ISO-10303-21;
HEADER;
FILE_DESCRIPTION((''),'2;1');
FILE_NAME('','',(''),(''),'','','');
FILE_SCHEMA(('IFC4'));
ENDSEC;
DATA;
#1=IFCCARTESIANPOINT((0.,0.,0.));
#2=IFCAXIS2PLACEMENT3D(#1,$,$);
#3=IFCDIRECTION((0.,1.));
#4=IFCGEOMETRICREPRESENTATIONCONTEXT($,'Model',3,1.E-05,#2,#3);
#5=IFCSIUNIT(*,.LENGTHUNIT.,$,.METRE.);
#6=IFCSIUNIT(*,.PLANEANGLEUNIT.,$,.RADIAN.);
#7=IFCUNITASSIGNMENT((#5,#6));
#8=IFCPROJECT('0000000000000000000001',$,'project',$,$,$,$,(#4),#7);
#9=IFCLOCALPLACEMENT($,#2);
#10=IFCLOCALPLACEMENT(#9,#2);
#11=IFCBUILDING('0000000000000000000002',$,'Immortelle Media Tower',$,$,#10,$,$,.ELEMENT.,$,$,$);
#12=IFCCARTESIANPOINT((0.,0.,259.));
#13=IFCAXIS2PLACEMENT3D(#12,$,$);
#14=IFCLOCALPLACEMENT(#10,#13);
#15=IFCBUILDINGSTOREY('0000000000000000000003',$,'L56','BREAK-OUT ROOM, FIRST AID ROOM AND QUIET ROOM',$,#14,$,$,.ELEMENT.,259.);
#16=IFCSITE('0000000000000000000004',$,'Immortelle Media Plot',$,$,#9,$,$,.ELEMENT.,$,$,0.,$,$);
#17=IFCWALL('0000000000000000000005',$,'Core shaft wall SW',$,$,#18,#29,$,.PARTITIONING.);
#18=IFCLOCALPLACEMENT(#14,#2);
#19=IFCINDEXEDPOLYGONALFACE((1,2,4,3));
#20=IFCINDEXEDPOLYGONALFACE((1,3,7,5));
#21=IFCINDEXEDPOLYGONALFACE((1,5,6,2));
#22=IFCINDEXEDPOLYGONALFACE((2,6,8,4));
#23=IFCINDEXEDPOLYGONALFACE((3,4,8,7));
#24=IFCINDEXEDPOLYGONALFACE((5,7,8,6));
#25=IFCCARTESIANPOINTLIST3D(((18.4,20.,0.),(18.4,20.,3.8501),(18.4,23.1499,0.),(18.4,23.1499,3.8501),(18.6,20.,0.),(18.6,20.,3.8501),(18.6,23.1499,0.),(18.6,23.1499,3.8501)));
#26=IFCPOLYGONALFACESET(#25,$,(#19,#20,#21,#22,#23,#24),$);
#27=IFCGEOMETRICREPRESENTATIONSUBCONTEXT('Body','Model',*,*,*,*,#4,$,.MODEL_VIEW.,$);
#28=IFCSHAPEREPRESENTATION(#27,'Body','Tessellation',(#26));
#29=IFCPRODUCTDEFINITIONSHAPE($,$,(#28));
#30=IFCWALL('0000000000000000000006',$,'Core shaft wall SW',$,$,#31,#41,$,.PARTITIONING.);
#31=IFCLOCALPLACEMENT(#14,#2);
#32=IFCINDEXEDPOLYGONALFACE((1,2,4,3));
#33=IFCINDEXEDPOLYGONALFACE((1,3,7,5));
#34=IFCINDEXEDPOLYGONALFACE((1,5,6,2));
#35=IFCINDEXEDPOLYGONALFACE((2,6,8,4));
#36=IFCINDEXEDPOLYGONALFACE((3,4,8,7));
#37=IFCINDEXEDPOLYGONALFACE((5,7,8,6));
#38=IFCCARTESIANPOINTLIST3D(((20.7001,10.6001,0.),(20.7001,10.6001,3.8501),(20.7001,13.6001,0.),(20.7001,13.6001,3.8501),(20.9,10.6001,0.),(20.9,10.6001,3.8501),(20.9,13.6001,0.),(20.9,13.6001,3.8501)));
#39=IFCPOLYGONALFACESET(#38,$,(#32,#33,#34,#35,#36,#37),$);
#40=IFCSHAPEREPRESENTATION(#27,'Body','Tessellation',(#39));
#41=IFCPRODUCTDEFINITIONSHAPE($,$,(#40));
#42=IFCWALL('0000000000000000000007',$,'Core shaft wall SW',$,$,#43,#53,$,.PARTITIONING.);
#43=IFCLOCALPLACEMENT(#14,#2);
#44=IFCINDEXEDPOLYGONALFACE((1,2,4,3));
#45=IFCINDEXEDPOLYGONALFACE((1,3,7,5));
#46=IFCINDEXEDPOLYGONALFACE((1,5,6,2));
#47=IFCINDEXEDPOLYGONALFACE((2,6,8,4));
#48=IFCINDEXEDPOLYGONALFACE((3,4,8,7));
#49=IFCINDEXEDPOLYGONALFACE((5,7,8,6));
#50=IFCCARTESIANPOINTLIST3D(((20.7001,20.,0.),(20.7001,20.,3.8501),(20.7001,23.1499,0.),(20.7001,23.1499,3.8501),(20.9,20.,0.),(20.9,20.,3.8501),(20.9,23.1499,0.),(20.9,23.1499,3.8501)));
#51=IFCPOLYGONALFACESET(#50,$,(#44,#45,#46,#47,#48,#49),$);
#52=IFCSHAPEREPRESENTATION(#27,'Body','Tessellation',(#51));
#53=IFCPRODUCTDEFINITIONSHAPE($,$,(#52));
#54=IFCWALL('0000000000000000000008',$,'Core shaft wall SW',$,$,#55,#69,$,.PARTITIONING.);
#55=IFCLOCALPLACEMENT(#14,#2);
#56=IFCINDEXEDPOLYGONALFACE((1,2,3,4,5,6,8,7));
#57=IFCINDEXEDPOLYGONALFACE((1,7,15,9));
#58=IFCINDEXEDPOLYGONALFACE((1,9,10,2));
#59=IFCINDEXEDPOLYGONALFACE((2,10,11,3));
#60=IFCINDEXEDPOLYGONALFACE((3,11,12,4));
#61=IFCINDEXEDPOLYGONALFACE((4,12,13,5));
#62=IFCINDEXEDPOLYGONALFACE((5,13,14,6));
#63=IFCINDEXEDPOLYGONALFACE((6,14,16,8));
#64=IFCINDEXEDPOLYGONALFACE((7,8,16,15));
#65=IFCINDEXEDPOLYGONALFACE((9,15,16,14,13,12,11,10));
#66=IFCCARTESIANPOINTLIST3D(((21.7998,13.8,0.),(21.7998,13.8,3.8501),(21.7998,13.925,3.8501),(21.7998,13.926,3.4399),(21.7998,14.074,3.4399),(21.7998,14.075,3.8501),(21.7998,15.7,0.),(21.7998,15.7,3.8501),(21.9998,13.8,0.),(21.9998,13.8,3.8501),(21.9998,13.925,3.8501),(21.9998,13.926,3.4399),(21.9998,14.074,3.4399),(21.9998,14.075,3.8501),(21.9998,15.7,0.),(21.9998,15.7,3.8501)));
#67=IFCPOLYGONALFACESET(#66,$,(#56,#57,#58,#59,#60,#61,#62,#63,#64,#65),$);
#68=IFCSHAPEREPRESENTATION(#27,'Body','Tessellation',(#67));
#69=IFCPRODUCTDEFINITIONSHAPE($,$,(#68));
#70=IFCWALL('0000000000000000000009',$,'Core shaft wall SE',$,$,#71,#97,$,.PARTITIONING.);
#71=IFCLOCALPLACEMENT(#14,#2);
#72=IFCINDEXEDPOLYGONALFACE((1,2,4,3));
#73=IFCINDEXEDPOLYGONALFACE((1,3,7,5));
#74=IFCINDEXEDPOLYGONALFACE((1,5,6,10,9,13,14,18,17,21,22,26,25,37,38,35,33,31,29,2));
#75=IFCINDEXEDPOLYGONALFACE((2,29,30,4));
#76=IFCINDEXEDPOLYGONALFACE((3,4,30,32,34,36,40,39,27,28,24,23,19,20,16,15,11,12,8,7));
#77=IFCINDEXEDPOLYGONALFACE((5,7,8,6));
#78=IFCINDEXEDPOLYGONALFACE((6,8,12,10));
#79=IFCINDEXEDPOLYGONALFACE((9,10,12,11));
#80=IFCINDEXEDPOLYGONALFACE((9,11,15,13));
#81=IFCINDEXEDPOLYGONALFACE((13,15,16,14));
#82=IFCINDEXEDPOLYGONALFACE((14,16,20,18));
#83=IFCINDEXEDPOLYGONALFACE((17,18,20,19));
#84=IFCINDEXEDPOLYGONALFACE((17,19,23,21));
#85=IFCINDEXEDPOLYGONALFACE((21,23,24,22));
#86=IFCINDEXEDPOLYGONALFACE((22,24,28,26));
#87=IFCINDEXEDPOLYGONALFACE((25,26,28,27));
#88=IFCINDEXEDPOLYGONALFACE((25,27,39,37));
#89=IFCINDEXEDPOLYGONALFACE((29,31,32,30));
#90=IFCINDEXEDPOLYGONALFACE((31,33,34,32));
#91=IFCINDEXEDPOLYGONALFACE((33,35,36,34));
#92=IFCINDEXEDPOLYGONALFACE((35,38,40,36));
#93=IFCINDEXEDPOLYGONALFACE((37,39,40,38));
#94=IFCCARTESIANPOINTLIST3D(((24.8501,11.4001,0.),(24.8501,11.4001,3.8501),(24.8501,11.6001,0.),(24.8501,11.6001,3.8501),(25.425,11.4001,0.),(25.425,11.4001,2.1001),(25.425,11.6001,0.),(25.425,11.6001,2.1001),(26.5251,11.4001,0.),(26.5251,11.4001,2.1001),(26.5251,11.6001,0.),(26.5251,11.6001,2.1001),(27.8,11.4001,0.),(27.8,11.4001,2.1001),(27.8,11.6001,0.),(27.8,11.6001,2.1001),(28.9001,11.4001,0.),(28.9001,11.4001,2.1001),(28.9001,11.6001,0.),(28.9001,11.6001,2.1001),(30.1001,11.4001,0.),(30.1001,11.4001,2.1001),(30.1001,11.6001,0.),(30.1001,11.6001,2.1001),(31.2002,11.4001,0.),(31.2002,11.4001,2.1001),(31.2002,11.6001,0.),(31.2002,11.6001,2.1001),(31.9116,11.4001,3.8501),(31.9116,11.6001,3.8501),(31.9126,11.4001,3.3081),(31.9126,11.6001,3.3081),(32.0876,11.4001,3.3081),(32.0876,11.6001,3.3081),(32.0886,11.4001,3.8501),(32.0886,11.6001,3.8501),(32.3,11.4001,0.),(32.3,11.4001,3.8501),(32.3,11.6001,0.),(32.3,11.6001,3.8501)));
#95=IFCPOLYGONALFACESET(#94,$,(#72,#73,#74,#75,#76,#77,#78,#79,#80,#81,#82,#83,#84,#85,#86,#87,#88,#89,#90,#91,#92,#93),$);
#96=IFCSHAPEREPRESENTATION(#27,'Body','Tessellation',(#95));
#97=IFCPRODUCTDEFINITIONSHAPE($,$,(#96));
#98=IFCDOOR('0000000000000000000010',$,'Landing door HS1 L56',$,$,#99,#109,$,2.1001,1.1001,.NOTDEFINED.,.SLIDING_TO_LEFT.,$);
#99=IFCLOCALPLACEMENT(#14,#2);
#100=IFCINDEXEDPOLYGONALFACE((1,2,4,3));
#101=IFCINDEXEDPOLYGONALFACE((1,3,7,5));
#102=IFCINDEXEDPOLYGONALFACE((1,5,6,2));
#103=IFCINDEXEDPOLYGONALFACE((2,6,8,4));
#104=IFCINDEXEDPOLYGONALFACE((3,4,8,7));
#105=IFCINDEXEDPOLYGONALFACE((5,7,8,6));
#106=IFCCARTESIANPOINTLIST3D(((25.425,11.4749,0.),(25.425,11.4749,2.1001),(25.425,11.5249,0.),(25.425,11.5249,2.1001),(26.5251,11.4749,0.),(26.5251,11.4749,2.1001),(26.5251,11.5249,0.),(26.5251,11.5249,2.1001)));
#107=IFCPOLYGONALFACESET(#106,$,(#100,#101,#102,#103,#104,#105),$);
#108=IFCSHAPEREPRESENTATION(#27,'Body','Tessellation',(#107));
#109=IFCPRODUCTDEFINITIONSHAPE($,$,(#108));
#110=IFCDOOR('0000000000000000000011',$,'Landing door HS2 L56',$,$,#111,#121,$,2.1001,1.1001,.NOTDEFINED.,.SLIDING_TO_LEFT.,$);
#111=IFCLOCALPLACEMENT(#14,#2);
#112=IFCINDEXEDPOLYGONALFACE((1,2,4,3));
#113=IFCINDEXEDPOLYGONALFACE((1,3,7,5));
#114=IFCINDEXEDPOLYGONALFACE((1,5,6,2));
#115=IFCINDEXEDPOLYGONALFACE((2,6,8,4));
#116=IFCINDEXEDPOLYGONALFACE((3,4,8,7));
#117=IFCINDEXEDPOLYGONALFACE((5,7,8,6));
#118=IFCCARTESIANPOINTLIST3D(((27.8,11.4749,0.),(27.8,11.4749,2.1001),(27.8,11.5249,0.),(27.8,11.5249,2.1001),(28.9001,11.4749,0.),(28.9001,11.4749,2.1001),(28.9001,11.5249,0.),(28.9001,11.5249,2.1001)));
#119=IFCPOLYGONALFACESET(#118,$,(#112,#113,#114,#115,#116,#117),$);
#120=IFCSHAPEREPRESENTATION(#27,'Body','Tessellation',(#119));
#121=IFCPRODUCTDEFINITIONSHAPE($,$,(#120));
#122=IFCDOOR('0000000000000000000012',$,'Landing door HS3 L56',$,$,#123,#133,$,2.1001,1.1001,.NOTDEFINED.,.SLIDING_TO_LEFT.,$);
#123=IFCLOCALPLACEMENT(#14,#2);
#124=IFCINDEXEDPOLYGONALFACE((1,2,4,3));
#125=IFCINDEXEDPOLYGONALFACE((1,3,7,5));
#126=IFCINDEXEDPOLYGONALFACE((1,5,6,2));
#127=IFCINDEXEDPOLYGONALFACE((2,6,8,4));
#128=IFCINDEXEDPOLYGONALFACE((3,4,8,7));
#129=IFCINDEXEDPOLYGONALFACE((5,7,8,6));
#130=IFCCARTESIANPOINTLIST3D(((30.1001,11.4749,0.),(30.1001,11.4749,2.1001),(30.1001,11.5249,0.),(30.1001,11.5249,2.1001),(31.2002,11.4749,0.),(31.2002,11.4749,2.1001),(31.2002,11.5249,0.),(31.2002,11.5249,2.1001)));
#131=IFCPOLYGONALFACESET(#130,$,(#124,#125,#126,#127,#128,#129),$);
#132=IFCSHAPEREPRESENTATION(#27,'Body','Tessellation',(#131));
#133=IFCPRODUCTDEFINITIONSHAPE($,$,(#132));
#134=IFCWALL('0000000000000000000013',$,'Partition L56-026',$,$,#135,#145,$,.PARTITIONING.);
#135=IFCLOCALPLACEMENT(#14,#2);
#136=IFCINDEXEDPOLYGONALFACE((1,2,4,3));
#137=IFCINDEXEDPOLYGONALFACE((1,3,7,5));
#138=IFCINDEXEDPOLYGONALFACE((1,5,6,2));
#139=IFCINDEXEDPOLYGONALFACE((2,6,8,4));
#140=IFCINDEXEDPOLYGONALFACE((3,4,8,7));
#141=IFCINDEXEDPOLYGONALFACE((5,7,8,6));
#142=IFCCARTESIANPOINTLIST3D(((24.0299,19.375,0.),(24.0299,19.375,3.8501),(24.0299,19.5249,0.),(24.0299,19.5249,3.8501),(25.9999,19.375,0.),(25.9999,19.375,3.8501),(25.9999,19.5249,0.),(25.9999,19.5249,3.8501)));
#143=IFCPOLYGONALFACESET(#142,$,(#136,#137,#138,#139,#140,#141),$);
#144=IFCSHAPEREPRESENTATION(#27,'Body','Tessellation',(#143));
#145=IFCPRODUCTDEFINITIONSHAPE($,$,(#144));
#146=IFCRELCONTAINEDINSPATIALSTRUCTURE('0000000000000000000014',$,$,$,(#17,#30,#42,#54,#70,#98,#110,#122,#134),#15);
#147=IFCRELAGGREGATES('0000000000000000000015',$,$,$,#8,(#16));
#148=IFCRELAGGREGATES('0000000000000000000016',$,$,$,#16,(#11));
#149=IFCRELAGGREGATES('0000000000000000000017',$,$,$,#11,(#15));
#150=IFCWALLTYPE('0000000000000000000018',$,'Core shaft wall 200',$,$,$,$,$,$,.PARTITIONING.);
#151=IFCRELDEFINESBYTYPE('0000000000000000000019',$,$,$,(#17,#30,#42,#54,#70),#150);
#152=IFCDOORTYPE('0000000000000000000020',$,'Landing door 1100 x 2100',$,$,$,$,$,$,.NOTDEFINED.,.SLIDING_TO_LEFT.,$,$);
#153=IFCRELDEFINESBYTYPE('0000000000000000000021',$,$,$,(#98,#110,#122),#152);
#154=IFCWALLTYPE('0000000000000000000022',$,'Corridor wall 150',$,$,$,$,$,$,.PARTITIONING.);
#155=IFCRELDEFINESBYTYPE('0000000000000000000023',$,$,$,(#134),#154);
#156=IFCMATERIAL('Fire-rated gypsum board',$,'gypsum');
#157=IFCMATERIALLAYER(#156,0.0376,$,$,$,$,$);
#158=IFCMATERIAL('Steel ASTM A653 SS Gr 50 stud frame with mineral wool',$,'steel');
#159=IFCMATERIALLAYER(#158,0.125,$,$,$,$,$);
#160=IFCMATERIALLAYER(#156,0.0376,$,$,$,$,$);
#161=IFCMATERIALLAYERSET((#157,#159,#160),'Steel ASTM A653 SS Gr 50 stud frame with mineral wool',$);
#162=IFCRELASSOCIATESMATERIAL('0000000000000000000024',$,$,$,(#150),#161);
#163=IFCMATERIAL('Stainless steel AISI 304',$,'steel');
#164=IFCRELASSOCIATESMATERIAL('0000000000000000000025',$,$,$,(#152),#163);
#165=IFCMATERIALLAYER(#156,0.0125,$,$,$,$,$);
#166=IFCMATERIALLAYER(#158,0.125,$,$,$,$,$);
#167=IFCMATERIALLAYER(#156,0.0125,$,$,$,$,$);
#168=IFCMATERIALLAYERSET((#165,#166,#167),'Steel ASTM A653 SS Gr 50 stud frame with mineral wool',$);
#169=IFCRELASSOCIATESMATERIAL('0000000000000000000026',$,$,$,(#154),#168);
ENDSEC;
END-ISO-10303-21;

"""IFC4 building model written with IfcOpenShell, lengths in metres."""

from ifc_helpers import new_model, si_unit, direction, frame, frame_2d, origin, place, context, subcontext, project, spatial, polyline, rectangle, outline, extrude, material, layer, layer_set, type_object, element, fill, save


model = new_model("IFC4")

# Units and contexts
model_context = context("Model", 3, precision=1e-05, world=origin(), true_north=direction((0.0, 1.0)))
body_context = subcontext(model_context, "Body", "Model", "MODEL_VIEW")
ifc_project = project(units=[si_unit("LENGTHUNIT", "METRE"), si_unit("PLANEANGLEUNIT", "RADIAN")], contexts=[model_context])

# Site, building, storey
site_placement = place(None, origin())
site = spatial("IfcSite", under=ifc_project, at=site_placement, Name="Immortelle Media Plot", CompositionType="ELEMENT", RefElevation=0.0)
building_placement = place(site_placement, origin())
building = spatial("IfcBuilding", under=site, at=building_placement, Name="Immortelle Media Tower", CompositionType="ELEMENT")
storey_placement = place(building_placement, frame((0.0, 0.0, 259.0)))
storey = spatial("IfcBuildingStorey", under=building, at=storey_placement, Name="L56", Description="BREAK-OUT ROOM, FIRST AID ROOM AND QUIET ROOM", CompositionType="ELEMENT", Elevation=259.0)

# Walls
ifc_material_1 = material(Name="Fire-rated gypsum board", Category="gypsum")
ifc_material_2 = material(Name="Steel ASTM A653 SS Gr 50 stud frame with mineral wool", Category="steel")
ifc_layer_1 = layer(ifc_material_1, 0.0376)
ifc_layer_2 = layer(ifc_material_2, 0.125)
ifc_layer_3 = layer(ifc_material_1, 0.0376)
ifc_layer_set_1 = layer_set([ifc_layer_1, ifc_layer_2, ifc_layer_3], Name="Steel ASTM A653 SS Gr 50 stud frame with mineral wool")
wall_type_1 = type_object("IfcWallType", Name="Core shaft wall 200", PredefinedType="PARTITIONING", material=ifc_layer_set_1)
wall_1_placement = place(storey_placement, frame((18.5, 20.0, 0.0), z_axis=(0.0, 0.0, 1.0), x_axis=(0.0, 1.0, 0.0)))
element("IfcWall", 1, at=wall_1_placement, inside=storey, type_object=wall_type_1, Name="Core shaft wall SW", PredefinedType="PARTITIONING", context=body_context, shape_type="SweptSolid", body=[
    extrude(rectangle(XDim=3.1499, YDim=0.2, at=frame_2d((1.575, 0.0))), origin(), (0.0, 0.0, 1.0), 3.8501),
])
wall_2_placement = place(storey_placement, frame((20.8, 10.6001, 0.0), z_axis=(0.0, 0.0, 1.0), x_axis=(0.0, 1.0, 0.0)))
element("IfcWall", 2, at=wall_2_placement, inside=storey, type_object=wall_type_1, Name="Core shaft wall SW", PredefinedType="PARTITIONING", context=body_context, shape_type="SweptSolid", body=[
    extrude(rectangle(XDim=3.0, YDim=0.2, at=frame_2d((1.5, 0.0))), origin(), (0.0, 0.0, 1.0), 3.8501),
])
wall_3_placement = place(storey_placement, frame((20.8, 20.0, 0.0), z_axis=(0.0, 0.0, 1.0), x_axis=(0.0, 1.0, 0.0)))
element("IfcWall", 3, at=wall_3_placement, inside=storey, type_object=wall_type_1, Name="Core shaft wall SW", PredefinedType="PARTITIONING", context=body_context, shape_type="SweptSolid", body=[
    extrude(rectangle(XDim=3.1499, YDim=0.2, at=frame_2d((1.575, 0.0))), origin(), (0.0, 0.0, 1.0), 3.8501),
])
wall_4_placement = place(storey_placement, frame((21.8999, 13.8, 0.0), z_axis=(0.0, 0.0, 1.0), x_axis=(0.0, 1.0, 0.0)))
element("IfcWall", 4, at=wall_4_placement, inside=storey, type_object=wall_type_1, Name="Core shaft wall SW", PredefinedType="PARTITIONING", context=body_context, shape_type="SweptSolid", body=[
    extrude(outline(polyline([(0.0, 0.0), (1.8999, 0.0), (1.8999, 3.8501), (0.2749, 3.8501), (0.2739, 3.4399), (0.126, 3.4399), (0.125, 3.8501), (0.0, 3.8501), (0.0, 0.0)])), frame((0.0, 0.1001, 0.0), z_axis=(0.0, -1.0, 0.0), x_axis=(1.0, 0.0, 0.0)), (0.0, 0.0, 1.0), 0.2),
])

# Wall, openings, doors
wall_5_placement = place(storey_placement, frame((24.8501, 11.5, 0.0), z_axis=(0.0, 0.0, 1.0), x_axis=(1.0, 0.0, 0.0)))
wall_5 = element("IfcWall", 5, at=wall_5_placement, inside=storey, type_object=wall_type_1, Name="Core shaft wall SE", PredefinedType="PARTITIONING", context=body_context, shape_type="SweptSolid", body=[
    extrude(outline(polyline([(0.0, 0.0), (7.45, 0.0), (7.45, 3.8501), (7.2385, 3.8501), (7.2375, 3.3081), (7.0625, 3.3081), (7.0615, 3.8501), (0.0, 3.8501), (0.0, 0.0)])), frame((0.0, 0.1001, 0.0), z_axis=(0.0, -1.0, 0.0), x_axis=(1.0, 0.0, 0.0)), (0.0, 0.0, 1.0), 0.2),
])
opening_1_placement = place(wall_5_placement, frame((0.575, 0.0, 0.0)))
opening_1 = element("IfcOpeningElement", 6, at=opening_1_placement, cuts=wall_5, PredefinedType="OPENING", context=body_context, shape_type="SweptSolid", body=[
    extrude(rectangle(XDim=1.1001, YDim=2.1001, at=frame_2d((0.55, 1.05))), frame((0.0, 0.1099, 0.0), z_axis=(0.0, -1.0, 0.0), x_axis=(1.0, 0.0, 0.0)), (0.0, 0.0, 1.0), 0.22),
])
opening_2_placement = place(wall_5_placement, frame((2.95, 0.0, 0.0)))
opening_2 = element("IfcOpeningElement", 7, at=opening_2_placement, cuts=wall_5, PredefinedType="OPENING", context=body_context, shape_type="SweptSolid", body=[
    extrude(rectangle(XDim=1.1001, YDim=2.1001, at=frame_2d((0.55, 1.05))), frame((0.0, 0.1099, 0.0), z_axis=(0.0, -1.0, 0.0), x_axis=(1.0, 0.0, 0.0)), (0.0, 0.0, 1.0), 0.22),
])
opening_3_placement = place(wall_5_placement, frame((5.25, 0.0, 0.0)))
opening_3 = element("IfcOpeningElement", 8, at=opening_3_placement, cuts=wall_5, PredefinedType="OPENING", context=body_context, shape_type="SweptSolid", body=[
    extrude(rectangle(XDim=1.1001, YDim=2.1001, at=frame_2d((0.55, 1.05))), frame((0.0, 0.1099, 0.0), z_axis=(0.0, -1.0, 0.0), x_axis=(1.0, 0.0, 0.0)), (0.0, 0.0, 1.0), 0.22),
])
ifc_material_3 = material(Name="Stainless steel AISI 304", Category="steel")
door_type_1 = type_object("IfcDoorType", Name="Landing door 1100 x 2100", OperationType="SLIDING_TO_LEFT", PredefinedType="NOTDEFINED", material=ifc_material_3)
door_1_placement = place(opening_1_placement, origin())
door_1 = element("IfcDoor", 9, at=door_1_placement, inside=storey, type_object=door_type_1, Name="Landing door HS1 L56", OperationType="SLIDING_TO_LEFT", OverallHeight=2.1001, OverallWidth=1.1001, PredefinedType="NOTDEFINED", context=body_context, shape_type="SweptSolid", body=[
    extrude(rectangle(XDim=1.1001, YDim=2.1001, at=frame_2d((0.55, 1.05))), frame((0.0, 0.0249, 0.0), z_axis=(0.0, -1.0, 0.0), x_axis=(1.0, 0.0, 0.0)), (0.0, 0.0, 1.0), 0.05),
])
fill(opening_1, door_1)
door_2_placement = place(opening_2_placement, origin())
door_2 = element("IfcDoor", 10, at=door_2_placement, inside=storey, type_object=door_type_1, Name="Landing door HS2 L56", OperationType="SLIDING_TO_LEFT", OverallHeight=2.1001, OverallWidth=1.1001, PredefinedType="NOTDEFINED", context=body_context, shape_type="SweptSolid", body=[
    extrude(rectangle(XDim=1.1001, YDim=2.1001, at=frame_2d((0.55, 1.05))), frame((0.0, 0.0249, 0.0), z_axis=(0.0, -1.0, 0.0), x_axis=(1.0, 0.0, 0.0)), (0.0, 0.0, 1.0), 0.05),
])
fill(opening_2, door_2)
door_3_placement = place(opening_3_placement, origin())
door_3 = element("IfcDoor", 11, at=door_3_placement, inside=storey, type_object=door_type_1, Name="Landing door HS3 L56", OperationType="SLIDING_TO_LEFT", OverallHeight=2.1001, OverallWidth=1.1001, PredefinedType="NOTDEFINED", context=body_context, shape_type="SweptSolid", body=[
    extrude(rectangle(XDim=1.1001, YDim=2.1001, at=frame_2d((0.55, 1.05))), frame((0.0, 0.0249, 0.0), z_axis=(0.0, -1.0, 0.0), x_axis=(1.0, 0.0, 0.0)), (0.0, 0.0, 1.0), 0.05),
])
fill(opening_3, door_3)

# Wall
ifc_layer_4 = layer(ifc_material_1, 0.0125)
ifc_layer_5 = layer(ifc_material_2, 0.125)
ifc_layer_6 = layer(ifc_material_1, 0.0125)
ifc_layer_set_2 = layer_set([ifc_layer_4, ifc_layer_5, ifc_layer_6], Name="Steel ASTM A653 SS Gr 50 stud frame with mineral wool")
wall_type_2 = type_object("IfcWallType", Name="Corridor wall 150", PredefinedType="PARTITIONING", material=ifc_layer_set_2)
wall_6_placement = place(storey_placement, frame((24.03, 19.45, 0.0), z_axis=(0.0, 0.0, 1.0), x_axis=(1.0, 0.0, 0.0)))
element("IfcWall", 12, at=wall_6_placement, inside=storey, type_object=wall_type_2, Name="Partition L56-026", PredefinedType="PARTITIONING", context=body_context, shape_type="SweptSolid", body=[
    extrude(rectangle(XDim=1.97, YDim=0.1499, at=frame_2d((0.9849, 0.0))), origin(), (0.0, 0.0, 1.0), 3.8501),
])

save(model, "model.ifc")
